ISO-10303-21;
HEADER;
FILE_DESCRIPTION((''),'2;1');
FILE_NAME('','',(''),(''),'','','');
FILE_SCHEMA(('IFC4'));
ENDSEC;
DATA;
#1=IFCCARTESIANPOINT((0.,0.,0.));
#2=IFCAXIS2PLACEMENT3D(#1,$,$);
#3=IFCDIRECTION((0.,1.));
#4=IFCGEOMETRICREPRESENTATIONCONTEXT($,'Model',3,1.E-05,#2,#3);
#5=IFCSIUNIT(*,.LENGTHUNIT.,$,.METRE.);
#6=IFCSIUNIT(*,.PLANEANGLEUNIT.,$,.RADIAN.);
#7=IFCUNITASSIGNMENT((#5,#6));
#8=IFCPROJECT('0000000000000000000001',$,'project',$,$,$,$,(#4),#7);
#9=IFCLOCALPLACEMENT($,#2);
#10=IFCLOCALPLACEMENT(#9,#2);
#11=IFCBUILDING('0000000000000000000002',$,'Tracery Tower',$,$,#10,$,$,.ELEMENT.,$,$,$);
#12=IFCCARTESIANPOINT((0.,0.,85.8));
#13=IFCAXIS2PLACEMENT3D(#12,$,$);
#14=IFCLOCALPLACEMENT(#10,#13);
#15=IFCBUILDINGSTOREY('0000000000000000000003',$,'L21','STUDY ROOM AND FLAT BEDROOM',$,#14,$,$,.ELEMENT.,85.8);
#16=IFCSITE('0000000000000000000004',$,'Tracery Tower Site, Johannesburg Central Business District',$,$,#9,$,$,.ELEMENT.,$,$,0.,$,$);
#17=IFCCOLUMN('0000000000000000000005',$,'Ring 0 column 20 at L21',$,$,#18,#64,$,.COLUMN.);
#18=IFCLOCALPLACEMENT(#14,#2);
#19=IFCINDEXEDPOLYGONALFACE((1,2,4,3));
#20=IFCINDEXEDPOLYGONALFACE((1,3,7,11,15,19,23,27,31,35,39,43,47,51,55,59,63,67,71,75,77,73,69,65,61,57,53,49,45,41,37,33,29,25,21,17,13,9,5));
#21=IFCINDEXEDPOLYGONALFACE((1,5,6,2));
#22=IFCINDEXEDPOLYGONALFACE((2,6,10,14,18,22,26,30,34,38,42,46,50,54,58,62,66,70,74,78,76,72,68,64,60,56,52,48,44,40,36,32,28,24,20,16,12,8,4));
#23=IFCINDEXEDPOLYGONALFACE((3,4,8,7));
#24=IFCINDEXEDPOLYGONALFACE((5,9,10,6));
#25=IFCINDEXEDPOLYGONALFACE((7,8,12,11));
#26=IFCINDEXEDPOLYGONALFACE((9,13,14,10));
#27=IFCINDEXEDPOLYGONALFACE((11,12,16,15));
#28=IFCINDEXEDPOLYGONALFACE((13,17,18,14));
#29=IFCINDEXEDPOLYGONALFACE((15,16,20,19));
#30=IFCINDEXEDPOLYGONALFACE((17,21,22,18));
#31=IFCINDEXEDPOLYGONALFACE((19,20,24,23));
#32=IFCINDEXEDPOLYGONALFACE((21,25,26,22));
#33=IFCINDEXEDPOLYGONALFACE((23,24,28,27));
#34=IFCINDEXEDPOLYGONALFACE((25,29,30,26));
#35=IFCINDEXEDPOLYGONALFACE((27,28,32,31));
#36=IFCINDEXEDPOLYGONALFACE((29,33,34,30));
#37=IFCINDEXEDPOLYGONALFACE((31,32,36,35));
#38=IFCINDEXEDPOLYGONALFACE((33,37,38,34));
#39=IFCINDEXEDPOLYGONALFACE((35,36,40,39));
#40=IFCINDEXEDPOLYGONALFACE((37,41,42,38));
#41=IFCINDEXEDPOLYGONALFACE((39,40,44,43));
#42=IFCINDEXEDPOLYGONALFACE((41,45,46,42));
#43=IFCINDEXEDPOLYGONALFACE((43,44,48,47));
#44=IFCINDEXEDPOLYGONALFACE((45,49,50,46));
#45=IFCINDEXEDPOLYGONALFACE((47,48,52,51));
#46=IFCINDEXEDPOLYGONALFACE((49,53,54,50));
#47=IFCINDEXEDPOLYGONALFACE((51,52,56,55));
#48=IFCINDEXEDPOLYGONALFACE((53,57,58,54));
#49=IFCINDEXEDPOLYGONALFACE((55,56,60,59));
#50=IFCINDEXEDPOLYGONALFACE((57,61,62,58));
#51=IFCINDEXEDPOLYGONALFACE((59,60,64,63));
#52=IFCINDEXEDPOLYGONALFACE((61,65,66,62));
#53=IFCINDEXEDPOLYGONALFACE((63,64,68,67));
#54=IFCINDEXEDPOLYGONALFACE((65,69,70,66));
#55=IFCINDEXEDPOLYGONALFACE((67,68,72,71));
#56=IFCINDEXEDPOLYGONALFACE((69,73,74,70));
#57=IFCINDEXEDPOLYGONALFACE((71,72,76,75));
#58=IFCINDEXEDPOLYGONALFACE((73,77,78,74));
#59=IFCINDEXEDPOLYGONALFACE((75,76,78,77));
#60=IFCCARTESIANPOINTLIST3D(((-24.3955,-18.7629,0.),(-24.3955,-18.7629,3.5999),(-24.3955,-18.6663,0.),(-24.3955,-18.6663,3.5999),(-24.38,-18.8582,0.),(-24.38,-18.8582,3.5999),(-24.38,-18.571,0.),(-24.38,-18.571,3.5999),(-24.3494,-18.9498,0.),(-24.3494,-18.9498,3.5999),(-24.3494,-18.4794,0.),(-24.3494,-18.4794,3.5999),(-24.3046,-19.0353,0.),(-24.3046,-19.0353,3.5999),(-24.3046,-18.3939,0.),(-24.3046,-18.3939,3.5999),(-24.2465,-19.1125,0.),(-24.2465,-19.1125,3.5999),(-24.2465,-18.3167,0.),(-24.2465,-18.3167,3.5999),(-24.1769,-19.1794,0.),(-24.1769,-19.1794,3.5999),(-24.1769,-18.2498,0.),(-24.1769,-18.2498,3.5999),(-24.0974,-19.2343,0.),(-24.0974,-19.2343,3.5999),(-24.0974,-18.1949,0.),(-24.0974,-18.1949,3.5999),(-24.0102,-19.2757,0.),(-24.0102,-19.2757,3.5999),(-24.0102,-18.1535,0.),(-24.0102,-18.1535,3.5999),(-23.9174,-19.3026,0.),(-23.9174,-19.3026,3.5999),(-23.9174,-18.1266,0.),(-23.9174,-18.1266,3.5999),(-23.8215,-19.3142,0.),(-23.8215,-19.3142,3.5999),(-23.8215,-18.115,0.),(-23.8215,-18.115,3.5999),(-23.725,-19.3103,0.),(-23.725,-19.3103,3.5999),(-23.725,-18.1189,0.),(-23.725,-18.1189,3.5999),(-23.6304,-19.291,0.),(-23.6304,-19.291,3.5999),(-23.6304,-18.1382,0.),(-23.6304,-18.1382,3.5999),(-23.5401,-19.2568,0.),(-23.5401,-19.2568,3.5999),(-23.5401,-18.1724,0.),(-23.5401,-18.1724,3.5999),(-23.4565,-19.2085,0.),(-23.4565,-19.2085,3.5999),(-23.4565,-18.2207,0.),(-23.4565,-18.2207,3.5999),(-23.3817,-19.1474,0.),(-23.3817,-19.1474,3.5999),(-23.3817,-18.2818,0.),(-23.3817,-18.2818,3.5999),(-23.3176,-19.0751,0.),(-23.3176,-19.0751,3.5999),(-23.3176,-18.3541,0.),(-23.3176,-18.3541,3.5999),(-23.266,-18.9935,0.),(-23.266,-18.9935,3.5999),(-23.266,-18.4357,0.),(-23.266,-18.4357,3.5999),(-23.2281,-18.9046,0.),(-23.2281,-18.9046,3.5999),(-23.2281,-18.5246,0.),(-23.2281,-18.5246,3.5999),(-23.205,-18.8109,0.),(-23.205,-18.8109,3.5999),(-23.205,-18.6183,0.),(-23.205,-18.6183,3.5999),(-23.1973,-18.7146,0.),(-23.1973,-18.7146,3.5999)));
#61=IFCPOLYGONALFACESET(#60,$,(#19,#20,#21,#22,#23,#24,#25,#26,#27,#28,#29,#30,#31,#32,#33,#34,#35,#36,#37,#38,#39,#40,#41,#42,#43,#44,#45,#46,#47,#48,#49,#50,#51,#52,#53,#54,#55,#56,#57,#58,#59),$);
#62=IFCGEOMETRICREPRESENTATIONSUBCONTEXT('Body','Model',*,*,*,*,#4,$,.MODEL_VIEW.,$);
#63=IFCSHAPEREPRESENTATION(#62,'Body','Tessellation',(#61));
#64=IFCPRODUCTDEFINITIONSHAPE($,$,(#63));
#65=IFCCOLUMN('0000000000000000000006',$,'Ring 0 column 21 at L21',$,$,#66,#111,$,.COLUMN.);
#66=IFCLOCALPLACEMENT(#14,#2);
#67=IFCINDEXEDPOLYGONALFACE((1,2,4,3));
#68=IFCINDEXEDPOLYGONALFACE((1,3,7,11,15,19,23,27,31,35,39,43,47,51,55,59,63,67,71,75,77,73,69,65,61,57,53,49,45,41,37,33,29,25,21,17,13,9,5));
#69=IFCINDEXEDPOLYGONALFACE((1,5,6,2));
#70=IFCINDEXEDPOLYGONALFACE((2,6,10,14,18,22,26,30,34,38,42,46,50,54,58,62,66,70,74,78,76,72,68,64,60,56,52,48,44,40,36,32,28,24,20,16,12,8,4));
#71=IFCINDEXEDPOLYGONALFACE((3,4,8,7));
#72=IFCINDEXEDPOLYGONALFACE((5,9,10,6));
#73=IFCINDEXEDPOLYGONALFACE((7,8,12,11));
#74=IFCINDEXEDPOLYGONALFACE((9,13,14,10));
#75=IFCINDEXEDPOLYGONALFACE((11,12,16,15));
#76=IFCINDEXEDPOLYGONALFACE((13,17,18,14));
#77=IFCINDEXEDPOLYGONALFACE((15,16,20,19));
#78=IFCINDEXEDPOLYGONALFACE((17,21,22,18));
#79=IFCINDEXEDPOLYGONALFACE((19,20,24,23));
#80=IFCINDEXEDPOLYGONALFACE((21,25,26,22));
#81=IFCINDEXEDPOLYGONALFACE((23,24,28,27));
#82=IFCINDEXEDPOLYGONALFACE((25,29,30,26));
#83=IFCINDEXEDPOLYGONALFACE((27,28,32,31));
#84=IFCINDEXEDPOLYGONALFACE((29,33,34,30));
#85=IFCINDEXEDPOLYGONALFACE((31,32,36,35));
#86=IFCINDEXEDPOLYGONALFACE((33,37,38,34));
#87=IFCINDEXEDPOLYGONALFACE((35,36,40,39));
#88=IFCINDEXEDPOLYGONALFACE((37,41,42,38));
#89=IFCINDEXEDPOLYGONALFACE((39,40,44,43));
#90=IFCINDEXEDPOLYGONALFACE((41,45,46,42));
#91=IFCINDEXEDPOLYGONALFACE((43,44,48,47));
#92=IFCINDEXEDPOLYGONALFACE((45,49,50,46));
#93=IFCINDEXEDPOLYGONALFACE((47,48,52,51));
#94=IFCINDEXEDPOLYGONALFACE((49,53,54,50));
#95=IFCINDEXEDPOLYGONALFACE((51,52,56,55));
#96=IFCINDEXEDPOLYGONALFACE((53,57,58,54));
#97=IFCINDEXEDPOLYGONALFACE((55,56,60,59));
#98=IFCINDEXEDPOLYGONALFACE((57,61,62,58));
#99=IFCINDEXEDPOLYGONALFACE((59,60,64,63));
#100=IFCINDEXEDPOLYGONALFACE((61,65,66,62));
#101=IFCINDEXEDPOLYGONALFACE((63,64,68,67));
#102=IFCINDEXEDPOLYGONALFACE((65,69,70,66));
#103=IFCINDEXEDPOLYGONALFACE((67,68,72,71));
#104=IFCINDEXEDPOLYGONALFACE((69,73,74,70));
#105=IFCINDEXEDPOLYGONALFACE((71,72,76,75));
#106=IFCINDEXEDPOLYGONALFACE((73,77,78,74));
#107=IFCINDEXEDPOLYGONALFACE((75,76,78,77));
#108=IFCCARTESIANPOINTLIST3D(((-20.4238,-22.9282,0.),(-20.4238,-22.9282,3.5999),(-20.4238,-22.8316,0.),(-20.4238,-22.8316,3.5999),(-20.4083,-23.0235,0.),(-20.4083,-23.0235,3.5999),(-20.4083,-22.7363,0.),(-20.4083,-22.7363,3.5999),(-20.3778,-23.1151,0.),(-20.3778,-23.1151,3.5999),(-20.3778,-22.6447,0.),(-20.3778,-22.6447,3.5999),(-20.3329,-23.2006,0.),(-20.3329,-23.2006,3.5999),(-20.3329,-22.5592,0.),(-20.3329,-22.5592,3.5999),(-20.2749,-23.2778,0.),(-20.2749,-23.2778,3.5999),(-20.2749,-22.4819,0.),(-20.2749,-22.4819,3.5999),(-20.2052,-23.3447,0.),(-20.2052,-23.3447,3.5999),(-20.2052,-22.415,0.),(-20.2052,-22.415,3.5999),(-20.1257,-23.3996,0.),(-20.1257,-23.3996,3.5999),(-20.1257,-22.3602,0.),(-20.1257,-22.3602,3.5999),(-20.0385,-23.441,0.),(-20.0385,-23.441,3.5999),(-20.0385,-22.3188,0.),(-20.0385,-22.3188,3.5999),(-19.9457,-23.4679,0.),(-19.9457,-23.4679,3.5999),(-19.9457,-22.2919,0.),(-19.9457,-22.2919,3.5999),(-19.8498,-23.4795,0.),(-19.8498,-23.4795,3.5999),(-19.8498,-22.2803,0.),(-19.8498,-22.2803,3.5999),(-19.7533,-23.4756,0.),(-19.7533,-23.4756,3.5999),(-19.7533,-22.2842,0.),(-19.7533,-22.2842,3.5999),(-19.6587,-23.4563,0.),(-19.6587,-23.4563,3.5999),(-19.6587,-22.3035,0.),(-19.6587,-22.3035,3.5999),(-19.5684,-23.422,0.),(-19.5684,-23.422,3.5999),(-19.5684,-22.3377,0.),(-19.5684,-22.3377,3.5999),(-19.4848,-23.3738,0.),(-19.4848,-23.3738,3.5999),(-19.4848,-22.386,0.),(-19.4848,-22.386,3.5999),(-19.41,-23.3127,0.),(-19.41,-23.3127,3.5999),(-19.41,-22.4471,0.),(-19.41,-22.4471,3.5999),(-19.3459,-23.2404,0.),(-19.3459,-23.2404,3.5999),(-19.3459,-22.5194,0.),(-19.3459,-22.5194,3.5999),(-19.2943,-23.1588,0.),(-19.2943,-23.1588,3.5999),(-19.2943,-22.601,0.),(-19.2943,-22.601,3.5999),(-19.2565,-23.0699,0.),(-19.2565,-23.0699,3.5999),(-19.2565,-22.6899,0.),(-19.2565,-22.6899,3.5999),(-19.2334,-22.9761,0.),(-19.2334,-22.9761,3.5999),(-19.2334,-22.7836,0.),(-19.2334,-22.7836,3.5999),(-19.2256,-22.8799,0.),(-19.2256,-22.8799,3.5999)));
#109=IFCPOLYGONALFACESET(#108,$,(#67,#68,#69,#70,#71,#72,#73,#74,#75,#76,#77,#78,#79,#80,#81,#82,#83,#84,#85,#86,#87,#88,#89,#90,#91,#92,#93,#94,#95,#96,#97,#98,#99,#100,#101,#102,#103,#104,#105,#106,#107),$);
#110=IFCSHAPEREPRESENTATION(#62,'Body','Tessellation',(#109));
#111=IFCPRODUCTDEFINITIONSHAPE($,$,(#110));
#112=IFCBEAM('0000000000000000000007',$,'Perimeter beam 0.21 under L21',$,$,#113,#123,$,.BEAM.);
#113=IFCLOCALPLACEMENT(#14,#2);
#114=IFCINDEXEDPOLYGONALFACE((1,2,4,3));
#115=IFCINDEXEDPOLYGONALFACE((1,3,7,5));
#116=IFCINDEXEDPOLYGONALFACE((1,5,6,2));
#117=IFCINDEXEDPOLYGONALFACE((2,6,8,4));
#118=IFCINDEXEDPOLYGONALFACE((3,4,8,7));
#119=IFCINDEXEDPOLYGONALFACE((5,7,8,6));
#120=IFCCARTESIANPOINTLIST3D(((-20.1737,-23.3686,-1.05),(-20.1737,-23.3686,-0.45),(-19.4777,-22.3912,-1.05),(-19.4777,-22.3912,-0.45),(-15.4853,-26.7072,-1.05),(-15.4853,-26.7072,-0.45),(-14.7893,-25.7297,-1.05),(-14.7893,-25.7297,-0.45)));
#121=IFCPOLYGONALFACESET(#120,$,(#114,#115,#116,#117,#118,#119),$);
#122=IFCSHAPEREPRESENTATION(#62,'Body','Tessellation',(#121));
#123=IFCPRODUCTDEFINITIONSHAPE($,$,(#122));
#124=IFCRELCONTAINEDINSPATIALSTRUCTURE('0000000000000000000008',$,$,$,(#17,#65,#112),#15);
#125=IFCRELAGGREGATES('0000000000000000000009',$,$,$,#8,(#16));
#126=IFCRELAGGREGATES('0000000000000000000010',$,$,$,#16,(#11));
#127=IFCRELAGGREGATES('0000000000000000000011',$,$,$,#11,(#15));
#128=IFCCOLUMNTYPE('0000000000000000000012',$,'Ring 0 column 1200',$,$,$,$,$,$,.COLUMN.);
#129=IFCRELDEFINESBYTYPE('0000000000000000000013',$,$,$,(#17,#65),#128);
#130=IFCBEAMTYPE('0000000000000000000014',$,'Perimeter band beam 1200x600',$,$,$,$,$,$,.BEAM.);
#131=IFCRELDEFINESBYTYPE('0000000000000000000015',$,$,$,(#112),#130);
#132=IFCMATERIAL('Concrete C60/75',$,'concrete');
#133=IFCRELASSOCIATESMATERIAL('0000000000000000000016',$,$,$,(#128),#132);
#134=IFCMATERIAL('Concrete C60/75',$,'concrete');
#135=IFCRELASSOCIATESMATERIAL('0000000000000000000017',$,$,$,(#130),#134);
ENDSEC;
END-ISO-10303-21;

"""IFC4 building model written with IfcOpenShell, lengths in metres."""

from ifc_helpers import new_model, si_unit, direction, frame, origin, origin_2d, place, context, subcontext, project, spatial, rectangle, circle, extrude, material, material_profile, profile_set, type_object, element, save


model = new_model("IFC4")

# Units and contexts
model_context = context("Model", 3, precision=1e-05, world=origin(), true_north=direction((0.0, 1.0)))
body_context = subcontext(model_context, "Body", "Model", "MODEL_VIEW")
ifc_project = project(units=[si_unit("LENGTHUNIT", "METRE"), si_unit("PLANEANGLEUNIT", "RADIAN")], contexts=[model_context])

# Site, building, storey
site_placement = place(None, origin())
site = spatial("IfcSite", under=ifc_project, at=site_placement, Name="Tracery Tower Site, Johannesburg Central Business District", CompositionType="ELEMENT", RefElevation=0.0)
building_placement = place(site_placement, origin())
building = spatial("IfcBuilding", under=site, at=building_placement, Name="Tracery Tower", CompositionType="ELEMENT")
storey_placement = place(building_placement, frame((0.0, 0.0, 85.8)))
storey = spatial("IfcBuildingStorey", under=building, at=storey_placement, Name="L21", Description="STUDY ROOM AND FLAT BEDROOM", CompositionType="ELEMENT", Elevation=85.8)

# Columns
ifc_material_1 = material(Name="Concrete C60/75", Category="concrete")
ifc_material_profile_1 = material_profile(ifc_material_1, circle(Radius=0.6001, at=origin_2d()), Name="RC D1200")
ifc_profile_set_1 = profile_set([ifc_material_profile_1], Name="Concrete C60/75")
column_type = type_object("IfcColumnType", Name="Ring 0 column 1200", PredefinedType="COLUMN", material=ifc_profile_set_1)
for number, where, z_axis, x_axis, name in (
    (1, (-23.7974, -18.7146, 0.0), (0.0, 0.0, 1.0), (1.0, 0.0, 0.0), "Ring 0 column 20 at L21"),
    (2, (-19.8257, -22.8799, 0.0), (0.0, 0.0, 1.0), (1.0, 0.0, 0.0), "Ring 0 column 21 at L21"),
):
    element("IfcColumn", number, at=place(storey_placement, frame(where, z_axis=z_axis, x_axis=x_axis)), inside=storey, type_object=column_type, Name=name, PredefinedType="COLUMN", context=body_context, shape_type="SweptSolid", body=[
        extrude(circle(Radius=0.6001, at=origin_2d()), origin(), (0.0, 0.0, 1.0), 3.5999),
    ])

# Beam
ifc_material_2 = material(Name="Concrete C60/75", Category="concrete")
ifc_material_profile_2 = material_profile(ifc_material_2, rectangle(XDim=1.2, YDim=0.6001, at=origin_2d()), Name="RC 1200x600")
ifc_profile_set_2 = profile_set([ifc_material_profile_2], Name="Concrete C60/75")
beam_type = type_object("IfcBeamType", Name="Perimeter band beam 1200x600", PredefinedType="BEAM", material=ifc_profile_set_2)
beam_placement = place(storey_placement, frame((-19.8257, -22.8799, -0.75), z_axis=(0.814578, -0.580054, 0.0), x_axis=(0.580054, 0.814578, 0.0)))
element("IfcBeam", 3, at=beam_placement, inside=storey, type_object=beam_type, Name="Perimeter beam 0.21 under L21", PredefinedType="BEAM", context=body_context, shape_type="SweptSolid", body=[
    extrude(rectangle(XDim=1.2, YDim=0.6001, at=origin_2d()), origin(), (0.0, 0.0, 1.0), 5.7556),
])

save(model, "model.ifc")
